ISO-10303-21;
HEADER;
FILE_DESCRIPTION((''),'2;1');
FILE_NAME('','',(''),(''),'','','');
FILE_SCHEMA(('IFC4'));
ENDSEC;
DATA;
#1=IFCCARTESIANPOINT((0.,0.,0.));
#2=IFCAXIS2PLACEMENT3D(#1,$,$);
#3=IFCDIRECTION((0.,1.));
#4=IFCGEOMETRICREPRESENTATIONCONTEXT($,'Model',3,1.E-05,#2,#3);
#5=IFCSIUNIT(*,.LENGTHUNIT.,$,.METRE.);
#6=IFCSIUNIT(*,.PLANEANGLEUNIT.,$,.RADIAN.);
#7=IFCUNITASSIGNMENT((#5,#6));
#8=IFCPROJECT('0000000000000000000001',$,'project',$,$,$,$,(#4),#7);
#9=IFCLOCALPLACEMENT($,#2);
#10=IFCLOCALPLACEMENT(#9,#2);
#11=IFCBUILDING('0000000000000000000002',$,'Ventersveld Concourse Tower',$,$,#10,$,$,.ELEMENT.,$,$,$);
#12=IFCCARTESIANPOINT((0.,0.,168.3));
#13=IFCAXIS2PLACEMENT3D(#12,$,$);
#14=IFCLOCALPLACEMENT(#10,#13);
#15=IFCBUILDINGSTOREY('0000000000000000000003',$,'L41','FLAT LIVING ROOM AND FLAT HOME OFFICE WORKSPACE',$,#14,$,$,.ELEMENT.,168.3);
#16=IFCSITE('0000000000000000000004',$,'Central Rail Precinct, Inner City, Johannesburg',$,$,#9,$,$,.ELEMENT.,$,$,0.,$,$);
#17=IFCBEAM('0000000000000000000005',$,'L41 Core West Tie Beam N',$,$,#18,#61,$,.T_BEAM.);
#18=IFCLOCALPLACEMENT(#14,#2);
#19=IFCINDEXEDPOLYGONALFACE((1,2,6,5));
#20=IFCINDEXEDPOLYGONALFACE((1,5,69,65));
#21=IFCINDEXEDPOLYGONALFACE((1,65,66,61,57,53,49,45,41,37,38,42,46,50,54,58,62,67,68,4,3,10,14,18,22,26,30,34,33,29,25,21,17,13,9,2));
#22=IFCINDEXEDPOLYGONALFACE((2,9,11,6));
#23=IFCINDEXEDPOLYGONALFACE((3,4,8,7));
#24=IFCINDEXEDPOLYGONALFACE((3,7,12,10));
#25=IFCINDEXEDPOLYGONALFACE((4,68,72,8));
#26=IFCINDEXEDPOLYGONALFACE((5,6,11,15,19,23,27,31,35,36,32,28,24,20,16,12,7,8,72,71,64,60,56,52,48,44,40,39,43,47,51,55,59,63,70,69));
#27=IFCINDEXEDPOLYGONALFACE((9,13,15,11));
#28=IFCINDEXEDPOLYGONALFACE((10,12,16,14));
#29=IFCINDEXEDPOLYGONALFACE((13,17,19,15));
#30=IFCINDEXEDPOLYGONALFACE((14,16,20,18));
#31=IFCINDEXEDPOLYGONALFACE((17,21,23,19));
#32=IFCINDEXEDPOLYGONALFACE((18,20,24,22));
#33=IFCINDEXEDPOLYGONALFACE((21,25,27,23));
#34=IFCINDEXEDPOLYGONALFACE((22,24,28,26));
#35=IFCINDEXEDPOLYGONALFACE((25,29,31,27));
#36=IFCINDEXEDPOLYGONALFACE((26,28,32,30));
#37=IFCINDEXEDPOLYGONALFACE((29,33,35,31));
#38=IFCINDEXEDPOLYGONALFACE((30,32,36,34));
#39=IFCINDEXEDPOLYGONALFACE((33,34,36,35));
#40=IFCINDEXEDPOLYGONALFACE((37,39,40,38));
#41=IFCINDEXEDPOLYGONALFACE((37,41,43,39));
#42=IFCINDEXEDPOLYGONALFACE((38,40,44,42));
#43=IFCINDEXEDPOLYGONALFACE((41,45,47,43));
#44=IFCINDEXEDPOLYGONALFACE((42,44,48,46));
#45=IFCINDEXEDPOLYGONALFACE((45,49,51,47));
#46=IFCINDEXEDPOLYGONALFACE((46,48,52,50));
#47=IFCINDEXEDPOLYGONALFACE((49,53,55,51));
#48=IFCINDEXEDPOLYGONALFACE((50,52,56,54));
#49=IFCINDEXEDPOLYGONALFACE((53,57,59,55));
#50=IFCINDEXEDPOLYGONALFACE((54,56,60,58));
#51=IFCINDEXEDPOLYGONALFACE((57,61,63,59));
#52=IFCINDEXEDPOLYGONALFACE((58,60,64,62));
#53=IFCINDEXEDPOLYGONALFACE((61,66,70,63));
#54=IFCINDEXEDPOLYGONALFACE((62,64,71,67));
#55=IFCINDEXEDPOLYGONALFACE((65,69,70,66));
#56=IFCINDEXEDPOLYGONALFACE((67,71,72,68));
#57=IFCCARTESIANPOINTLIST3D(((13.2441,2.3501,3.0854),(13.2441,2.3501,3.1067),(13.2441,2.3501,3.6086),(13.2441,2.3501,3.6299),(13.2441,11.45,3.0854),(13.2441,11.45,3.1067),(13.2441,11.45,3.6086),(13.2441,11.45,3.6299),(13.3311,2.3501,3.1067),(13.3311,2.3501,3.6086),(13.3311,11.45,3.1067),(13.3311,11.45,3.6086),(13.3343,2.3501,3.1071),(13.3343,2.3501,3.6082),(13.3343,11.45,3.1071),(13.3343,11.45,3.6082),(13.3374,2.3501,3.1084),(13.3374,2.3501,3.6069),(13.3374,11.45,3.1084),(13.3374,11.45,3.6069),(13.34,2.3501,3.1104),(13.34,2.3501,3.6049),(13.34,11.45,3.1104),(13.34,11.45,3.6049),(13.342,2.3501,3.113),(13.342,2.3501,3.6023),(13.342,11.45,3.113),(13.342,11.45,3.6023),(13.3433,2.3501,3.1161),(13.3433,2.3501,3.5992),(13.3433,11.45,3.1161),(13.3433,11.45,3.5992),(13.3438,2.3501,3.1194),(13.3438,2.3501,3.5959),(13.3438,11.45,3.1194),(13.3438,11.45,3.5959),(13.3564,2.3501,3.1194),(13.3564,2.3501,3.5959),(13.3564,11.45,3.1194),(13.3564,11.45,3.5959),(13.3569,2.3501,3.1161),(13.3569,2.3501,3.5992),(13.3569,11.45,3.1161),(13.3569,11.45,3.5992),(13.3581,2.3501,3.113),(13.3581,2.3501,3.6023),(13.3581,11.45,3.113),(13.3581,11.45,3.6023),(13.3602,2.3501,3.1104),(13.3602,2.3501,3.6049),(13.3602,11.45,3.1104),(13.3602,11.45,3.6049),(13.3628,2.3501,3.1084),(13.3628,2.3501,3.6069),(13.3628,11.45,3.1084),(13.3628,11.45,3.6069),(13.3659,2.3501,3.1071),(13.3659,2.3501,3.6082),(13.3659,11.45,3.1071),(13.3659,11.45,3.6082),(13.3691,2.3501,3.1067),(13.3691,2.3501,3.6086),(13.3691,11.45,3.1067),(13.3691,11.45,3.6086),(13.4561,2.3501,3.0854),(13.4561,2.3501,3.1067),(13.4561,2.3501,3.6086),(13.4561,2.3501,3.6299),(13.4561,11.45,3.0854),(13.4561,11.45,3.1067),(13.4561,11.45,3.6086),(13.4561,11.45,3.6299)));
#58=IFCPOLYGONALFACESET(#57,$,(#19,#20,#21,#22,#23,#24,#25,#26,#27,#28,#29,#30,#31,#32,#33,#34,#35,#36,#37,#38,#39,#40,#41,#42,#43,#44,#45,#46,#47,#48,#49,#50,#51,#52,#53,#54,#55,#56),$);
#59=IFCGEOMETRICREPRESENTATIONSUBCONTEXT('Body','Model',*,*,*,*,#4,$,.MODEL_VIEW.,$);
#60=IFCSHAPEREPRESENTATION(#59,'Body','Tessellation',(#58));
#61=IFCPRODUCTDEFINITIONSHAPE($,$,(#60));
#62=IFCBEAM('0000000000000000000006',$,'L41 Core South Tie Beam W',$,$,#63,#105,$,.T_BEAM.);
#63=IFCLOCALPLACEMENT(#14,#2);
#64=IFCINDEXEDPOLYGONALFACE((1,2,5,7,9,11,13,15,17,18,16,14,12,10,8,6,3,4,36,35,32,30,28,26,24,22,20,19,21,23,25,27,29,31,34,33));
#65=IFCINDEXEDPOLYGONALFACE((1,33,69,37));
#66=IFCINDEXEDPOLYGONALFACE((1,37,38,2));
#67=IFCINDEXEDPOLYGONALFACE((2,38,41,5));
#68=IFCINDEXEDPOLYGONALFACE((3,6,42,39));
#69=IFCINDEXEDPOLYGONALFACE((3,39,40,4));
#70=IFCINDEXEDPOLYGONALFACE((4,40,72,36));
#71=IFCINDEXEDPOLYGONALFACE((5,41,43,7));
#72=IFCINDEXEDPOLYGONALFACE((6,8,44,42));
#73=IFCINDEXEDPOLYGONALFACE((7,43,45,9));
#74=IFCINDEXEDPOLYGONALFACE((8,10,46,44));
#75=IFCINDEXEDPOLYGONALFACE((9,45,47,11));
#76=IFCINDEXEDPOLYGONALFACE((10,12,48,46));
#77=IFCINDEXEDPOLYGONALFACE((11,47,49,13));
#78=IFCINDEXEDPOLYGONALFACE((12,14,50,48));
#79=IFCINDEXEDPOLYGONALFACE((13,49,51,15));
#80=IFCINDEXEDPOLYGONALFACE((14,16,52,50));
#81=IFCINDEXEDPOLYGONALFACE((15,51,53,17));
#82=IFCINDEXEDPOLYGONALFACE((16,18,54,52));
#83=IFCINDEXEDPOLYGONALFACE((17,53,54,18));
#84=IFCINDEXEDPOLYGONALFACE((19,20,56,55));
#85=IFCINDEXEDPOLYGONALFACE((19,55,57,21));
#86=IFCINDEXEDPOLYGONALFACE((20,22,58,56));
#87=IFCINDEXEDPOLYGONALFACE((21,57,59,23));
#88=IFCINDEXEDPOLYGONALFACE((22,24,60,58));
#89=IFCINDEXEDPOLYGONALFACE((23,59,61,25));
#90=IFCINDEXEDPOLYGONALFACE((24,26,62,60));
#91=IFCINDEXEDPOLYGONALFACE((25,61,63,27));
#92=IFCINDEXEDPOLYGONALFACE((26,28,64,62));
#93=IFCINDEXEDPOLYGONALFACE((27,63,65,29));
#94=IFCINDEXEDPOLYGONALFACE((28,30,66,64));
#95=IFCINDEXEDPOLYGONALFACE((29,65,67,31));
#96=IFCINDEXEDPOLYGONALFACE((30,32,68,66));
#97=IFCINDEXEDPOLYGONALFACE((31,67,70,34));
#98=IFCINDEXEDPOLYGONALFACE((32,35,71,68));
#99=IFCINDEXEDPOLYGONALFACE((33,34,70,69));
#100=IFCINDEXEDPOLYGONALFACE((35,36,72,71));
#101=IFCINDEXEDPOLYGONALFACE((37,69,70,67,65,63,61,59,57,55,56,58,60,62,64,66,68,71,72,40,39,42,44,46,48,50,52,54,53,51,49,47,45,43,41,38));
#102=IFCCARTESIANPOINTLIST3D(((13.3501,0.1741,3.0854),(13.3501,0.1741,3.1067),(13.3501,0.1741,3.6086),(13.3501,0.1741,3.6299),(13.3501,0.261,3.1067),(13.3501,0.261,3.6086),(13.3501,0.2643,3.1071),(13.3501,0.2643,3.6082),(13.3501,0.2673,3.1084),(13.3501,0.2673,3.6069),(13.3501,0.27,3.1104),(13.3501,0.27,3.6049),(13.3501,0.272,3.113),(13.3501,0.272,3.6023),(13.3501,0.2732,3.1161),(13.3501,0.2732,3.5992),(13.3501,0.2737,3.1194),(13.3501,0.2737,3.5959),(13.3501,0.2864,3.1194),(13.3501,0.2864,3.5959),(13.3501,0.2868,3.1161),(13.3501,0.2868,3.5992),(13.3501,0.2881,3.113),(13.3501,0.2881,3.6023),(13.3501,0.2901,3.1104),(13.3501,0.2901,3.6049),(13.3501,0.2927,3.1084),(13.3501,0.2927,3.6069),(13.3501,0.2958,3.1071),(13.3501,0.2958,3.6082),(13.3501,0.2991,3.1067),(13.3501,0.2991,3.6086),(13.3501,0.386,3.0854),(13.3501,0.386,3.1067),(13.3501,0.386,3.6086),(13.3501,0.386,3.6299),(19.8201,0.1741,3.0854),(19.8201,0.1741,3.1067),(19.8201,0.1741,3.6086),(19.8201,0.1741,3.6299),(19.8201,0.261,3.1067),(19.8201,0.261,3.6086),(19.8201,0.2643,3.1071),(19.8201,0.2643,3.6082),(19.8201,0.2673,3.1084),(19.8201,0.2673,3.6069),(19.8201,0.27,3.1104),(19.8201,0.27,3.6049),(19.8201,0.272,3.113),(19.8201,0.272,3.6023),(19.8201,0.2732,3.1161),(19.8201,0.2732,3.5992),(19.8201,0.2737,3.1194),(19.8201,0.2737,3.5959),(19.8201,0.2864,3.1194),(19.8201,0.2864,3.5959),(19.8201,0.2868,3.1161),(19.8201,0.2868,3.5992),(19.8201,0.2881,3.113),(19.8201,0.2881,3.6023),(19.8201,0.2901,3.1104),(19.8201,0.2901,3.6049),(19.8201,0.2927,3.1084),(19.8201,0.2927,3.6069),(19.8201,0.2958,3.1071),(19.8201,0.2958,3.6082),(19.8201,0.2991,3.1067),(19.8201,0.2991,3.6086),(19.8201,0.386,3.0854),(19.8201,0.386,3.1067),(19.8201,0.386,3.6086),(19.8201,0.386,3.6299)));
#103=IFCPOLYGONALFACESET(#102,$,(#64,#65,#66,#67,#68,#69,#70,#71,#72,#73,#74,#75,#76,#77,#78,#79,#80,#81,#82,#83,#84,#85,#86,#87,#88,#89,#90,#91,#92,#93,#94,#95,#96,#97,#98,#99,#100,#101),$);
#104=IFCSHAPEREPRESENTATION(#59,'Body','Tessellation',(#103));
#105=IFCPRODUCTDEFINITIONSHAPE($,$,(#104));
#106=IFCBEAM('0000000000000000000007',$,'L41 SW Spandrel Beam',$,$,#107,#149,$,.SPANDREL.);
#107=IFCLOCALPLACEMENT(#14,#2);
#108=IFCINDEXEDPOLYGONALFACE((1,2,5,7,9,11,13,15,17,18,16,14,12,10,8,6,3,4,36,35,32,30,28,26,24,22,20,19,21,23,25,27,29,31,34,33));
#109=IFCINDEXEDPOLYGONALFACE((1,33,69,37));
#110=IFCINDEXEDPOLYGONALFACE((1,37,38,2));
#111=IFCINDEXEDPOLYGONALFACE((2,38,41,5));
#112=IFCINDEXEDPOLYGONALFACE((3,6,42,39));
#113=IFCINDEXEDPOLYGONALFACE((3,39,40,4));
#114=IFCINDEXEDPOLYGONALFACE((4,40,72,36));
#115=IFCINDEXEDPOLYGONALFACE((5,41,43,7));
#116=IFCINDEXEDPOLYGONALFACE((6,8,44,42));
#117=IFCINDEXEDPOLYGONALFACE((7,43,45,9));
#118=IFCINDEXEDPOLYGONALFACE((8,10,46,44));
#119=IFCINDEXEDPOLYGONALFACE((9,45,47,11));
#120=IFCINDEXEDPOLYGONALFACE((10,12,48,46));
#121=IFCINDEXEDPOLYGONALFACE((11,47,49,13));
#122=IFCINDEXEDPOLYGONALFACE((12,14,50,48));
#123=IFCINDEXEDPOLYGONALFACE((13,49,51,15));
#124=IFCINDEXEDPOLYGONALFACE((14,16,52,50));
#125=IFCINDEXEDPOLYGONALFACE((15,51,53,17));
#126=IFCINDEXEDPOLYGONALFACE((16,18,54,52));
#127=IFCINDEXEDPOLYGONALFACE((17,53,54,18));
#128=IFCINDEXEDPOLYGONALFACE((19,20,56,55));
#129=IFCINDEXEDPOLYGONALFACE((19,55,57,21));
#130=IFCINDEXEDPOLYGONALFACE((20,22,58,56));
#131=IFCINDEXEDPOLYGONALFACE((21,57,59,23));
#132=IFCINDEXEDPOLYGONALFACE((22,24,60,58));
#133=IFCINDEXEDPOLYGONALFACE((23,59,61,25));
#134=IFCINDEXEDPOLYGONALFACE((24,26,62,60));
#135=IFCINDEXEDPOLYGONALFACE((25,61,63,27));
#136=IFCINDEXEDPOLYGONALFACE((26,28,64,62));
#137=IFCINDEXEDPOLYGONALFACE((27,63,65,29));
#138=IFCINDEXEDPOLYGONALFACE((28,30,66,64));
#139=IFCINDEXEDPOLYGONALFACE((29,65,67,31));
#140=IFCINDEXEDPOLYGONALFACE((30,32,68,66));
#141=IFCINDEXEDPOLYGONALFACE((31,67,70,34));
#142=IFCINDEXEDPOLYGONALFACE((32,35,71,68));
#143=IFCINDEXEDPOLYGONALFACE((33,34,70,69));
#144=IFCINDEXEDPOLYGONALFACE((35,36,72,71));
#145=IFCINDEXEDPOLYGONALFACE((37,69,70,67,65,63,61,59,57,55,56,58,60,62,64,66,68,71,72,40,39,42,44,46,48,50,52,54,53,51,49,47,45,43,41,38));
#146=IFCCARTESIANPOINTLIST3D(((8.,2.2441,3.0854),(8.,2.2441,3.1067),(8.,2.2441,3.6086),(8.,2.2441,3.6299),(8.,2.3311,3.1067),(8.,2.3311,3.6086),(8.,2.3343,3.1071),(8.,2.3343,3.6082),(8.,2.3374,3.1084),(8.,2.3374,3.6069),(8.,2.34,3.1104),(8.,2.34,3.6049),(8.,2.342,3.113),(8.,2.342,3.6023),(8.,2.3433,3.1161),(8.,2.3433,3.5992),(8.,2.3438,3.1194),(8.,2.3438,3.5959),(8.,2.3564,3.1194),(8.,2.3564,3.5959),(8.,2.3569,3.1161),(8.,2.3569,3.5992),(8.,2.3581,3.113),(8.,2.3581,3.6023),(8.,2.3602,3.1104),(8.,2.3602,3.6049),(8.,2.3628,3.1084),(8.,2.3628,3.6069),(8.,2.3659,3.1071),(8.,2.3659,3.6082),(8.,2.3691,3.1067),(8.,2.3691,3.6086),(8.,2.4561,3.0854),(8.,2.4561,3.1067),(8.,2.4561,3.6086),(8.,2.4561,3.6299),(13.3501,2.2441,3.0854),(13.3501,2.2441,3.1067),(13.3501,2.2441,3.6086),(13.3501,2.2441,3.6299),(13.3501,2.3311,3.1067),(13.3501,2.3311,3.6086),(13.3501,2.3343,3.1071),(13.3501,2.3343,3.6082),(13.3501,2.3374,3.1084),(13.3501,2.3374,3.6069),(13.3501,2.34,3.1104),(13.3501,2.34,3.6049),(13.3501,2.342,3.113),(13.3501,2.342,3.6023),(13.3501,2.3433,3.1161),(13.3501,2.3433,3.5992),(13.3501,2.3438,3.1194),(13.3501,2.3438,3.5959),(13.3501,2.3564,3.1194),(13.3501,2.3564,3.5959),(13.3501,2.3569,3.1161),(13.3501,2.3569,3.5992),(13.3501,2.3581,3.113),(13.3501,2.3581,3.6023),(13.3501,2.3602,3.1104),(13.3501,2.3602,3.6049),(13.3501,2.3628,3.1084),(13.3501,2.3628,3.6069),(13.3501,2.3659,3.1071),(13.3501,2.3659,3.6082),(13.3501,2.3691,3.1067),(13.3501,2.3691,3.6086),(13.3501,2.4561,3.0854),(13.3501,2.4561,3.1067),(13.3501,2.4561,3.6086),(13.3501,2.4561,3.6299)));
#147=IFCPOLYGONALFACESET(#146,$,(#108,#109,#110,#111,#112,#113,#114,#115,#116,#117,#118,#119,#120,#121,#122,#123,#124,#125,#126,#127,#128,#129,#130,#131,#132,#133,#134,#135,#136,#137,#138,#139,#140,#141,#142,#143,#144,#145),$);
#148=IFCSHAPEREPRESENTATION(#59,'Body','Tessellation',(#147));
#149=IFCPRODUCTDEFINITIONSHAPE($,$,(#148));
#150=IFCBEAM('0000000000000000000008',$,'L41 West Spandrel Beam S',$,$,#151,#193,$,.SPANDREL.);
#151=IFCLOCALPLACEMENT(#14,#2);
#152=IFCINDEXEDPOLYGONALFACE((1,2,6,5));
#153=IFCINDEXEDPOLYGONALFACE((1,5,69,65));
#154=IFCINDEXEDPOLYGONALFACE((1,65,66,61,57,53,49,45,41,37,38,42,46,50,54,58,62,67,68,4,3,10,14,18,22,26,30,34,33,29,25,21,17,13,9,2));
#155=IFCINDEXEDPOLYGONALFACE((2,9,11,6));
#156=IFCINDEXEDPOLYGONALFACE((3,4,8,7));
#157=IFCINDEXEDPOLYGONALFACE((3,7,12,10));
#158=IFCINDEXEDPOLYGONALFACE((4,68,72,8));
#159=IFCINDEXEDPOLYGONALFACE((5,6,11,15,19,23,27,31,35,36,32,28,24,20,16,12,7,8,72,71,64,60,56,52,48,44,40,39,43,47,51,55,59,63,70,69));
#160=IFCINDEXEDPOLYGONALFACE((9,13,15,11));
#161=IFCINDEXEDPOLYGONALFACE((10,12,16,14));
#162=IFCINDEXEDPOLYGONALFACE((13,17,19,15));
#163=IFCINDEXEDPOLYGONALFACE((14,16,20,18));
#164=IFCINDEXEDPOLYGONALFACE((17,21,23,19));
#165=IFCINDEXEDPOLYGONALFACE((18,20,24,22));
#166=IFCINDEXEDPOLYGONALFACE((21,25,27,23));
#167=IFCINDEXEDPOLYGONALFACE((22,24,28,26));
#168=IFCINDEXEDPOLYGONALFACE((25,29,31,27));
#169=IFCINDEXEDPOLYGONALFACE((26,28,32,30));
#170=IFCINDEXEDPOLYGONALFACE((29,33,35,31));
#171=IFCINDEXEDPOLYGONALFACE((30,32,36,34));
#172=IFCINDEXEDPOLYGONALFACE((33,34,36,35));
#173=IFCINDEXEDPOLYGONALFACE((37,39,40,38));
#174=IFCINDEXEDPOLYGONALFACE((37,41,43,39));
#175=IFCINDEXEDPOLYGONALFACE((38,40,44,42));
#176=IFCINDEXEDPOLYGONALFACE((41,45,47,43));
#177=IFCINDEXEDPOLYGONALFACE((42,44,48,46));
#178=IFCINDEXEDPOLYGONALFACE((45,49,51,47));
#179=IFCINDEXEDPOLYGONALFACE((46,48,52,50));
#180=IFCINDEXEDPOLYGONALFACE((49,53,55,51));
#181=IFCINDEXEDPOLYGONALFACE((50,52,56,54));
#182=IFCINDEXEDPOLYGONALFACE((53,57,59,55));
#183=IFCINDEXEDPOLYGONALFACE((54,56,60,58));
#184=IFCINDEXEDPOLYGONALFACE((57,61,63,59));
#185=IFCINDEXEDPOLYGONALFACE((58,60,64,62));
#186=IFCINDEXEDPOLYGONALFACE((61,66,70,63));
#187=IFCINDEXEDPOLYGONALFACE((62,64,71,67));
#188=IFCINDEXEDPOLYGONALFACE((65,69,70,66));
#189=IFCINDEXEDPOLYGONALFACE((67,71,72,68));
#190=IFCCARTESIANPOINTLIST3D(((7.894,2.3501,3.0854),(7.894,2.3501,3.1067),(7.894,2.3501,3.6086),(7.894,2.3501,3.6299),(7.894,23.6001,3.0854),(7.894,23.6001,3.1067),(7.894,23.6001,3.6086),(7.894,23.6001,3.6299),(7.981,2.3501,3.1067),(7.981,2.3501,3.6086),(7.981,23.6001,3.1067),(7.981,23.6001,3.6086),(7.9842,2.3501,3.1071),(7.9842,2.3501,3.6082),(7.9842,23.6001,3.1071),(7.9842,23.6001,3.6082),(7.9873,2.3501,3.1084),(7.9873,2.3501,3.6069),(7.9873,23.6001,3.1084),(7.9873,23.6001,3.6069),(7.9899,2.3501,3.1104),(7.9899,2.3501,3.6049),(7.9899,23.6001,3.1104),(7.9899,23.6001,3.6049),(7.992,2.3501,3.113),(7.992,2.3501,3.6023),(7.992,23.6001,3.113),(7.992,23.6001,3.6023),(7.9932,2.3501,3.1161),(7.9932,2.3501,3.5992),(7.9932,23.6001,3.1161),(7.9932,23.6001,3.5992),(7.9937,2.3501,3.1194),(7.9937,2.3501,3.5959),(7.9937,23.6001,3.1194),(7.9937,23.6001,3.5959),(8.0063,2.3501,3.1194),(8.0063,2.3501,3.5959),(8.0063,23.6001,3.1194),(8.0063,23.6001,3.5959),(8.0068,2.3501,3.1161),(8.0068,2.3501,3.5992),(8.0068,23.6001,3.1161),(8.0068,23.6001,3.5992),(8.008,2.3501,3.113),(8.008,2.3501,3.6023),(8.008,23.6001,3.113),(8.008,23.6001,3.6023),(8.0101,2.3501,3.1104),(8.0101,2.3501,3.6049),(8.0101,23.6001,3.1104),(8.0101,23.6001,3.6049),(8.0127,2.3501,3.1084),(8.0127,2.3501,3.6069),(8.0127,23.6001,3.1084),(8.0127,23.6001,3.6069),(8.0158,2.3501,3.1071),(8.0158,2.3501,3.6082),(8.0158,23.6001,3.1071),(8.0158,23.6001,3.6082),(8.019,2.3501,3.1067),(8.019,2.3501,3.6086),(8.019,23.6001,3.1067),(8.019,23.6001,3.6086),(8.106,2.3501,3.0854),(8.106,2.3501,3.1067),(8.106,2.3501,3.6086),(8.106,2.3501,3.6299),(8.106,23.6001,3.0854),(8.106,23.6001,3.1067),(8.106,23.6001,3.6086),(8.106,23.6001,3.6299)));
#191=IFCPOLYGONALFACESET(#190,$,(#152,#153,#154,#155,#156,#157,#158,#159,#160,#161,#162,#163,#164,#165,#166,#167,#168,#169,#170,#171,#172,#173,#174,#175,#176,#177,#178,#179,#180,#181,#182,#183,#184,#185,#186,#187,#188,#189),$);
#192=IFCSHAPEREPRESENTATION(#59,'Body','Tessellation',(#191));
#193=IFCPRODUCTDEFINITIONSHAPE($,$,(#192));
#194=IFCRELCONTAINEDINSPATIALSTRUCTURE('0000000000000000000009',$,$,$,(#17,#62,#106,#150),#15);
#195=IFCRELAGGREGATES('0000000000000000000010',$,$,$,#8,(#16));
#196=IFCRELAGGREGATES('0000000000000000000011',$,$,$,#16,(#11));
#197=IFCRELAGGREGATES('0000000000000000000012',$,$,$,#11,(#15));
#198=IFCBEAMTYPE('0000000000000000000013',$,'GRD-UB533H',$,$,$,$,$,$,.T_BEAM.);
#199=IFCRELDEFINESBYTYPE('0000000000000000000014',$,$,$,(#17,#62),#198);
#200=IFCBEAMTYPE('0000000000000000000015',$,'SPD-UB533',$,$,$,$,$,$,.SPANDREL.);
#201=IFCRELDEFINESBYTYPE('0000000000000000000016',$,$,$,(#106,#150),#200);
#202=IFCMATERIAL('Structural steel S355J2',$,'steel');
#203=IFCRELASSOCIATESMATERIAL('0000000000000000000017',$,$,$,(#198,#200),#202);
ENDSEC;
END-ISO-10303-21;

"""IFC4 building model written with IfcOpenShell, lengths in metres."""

from ifc_helpers import new_model, si_unit, direction, frame, origin, origin_2d, place, context, subcontext, project, spatial, i_section, extrude, material, material_profile, profile_set, type_object, element, save


model = new_model("IFC4")

# Units and contexts
model_context = context("Model", 3, precision=1e-05, world=origin(), true_north=direction((0.0, 1.0)))
body_context = subcontext(model_context, "Body", "Model", "MODEL_VIEW")
ifc_project = project(units=[si_unit("LENGTHUNIT", "METRE"), si_unit("PLANEANGLEUNIT", "RADIAN")], contexts=[model_context])

# Site, building, storey
site_placement = place(None, origin())
site = spatial("IfcSite", under=ifc_project, at=site_placement, Name="Central Rail Precinct, Inner City, Johannesburg", CompositionType="ELEMENT", RefElevation=0.0)
building_placement = place(site_placement, origin())
building = spatial("IfcBuilding", under=site, at=building_placement, Name="Ventersveld Concourse Tower", CompositionType="ELEMENT")
storey_placement = place(building_placement, frame((0.0, 0.0, 168.3)))
storey = spatial("IfcBuildingStorey", under=building, at=storey_placement, Name="L41", Description="FLAT LIVING ROOM AND FLAT HOME OFFICE WORKSPACE", CompositionType="ELEMENT", Elevation=168.3)

# Beams
ifc_material_1 = material(Name="Structural steel S355J2", Category="steel")
ifc_material_profile_1 = material_profile(ifc_material_1, i_section(OverallWidth=0.2119, OverallDepth=0.5444, WebThickness=0.0127, FlangeThickness=0.0212, FilletRadius=0.0127, at=origin_2d()), Name="UB 533x210x122")
ifc_profile_set_1 = profile_set([ifc_material_profile_1], Name="Structural steel S355J2")
beam_type_1 = type_object("IfcBeamType", Name="GRD-UB533H", PredefinedType="T_BEAM", material=ifc_profile_set_1)
beam_1_placement = place(storey_placement, frame((13.3501, 2.3501, 3.3577), z_axis=(0.0, 1.0, 0.0), x_axis=(-1.0, 0.0, 0.0)))
element("IfcBeam", 1, at=beam_1_placement, inside=storey, type_object=beam_type_1, Name="L41 Core West Tie Beam N", PredefinedType="T_BEAM", context=body_context, shape_type="SweptSolid", body=[
    extrude(i_section(OverallWidth=0.2119, OverallDepth=0.5444, WebThickness=0.0127, FlangeThickness=0.0212, FilletRadius=0.0127, at=origin_2d()), origin(), (0.0, 0.0, 1.0), 9.0999),
])
beam_2_placement = place(storey_placement, frame((13.3501, 0.28, 3.3577), z_axis=(1.0, 0.0, 0.0), x_axis=(0.0, 1.0, 0.0)))
element("IfcBeam", 2, at=beam_2_placement, inside=storey, type_object=beam_type_1, Name="L41 Core South Tie Beam W", PredefinedType="T_BEAM", context=body_context, shape_type="SweptSolid", body=[
    extrude(i_section(OverallWidth=0.2119, OverallDepth=0.5444, WebThickness=0.0127, FlangeThickness=0.0212, FilletRadius=0.0127, at=origin_2d()), origin(), (0.0, 0.0, 1.0), 6.47),
])
ifc_material_profile_2 = material_profile(ifc_material_1, i_section(OverallWidth=0.2119, OverallDepth=0.5444, WebThickness=0.0127, FlangeThickness=0.0212, FilletRadius=0.0127, at=origin_2d()), Name="UB 533x210x122")
ifc_profile_set_2 = profile_set([ifc_material_profile_2], Name="Structural steel S355J2")
beam_type_2 = type_object("IfcBeamType", Name="SPD-UB533", PredefinedType="SPANDREL", material=ifc_profile_set_2)
beam_3_placement = place(storey_placement, frame((8.0, 2.3501, 3.3577), z_axis=(1.0, 0.0, 0.0), x_axis=(0.0, 1.0, 0.0)))
element("IfcBeam", 3, at=beam_3_placement, inside=storey, type_object=beam_type_2, Name="L41 SW Spandrel Beam", PredefinedType="SPANDREL", context=body_context, shape_type="SweptSolid", body=[
    extrude(i_section(OverallWidth=0.2119, OverallDepth=0.5444, WebThickness=0.0127, FlangeThickness=0.0212, FilletRadius=0.0127, at=origin_2d()), origin(), (0.0, 0.0, 1.0), 5.3501),
])
beam_4_placement = place(storey_placement, frame((8.0, 2.3501, 3.3577), z_axis=(0.0, 1.0, 0.0), x_axis=(-1.0, 0.0, 0.0)))
element("IfcBeam", 4, at=beam_4_placement, inside=storey, type_object=beam_type_2, Name="L41 West Spandrel Beam S", PredefinedType="SPANDREL", context=body_context, shape_type="SweptSolid", body=[
    extrude(i_section(OverallWidth=0.2119, OverallDepth=0.5444, WebThickness=0.0127, FlangeThickness=0.0212, FilletRadius=0.0127, at=origin_2d()), origin(), (0.0, 0.0, 1.0), 21.25),
])

save(model, "model.ifc")
